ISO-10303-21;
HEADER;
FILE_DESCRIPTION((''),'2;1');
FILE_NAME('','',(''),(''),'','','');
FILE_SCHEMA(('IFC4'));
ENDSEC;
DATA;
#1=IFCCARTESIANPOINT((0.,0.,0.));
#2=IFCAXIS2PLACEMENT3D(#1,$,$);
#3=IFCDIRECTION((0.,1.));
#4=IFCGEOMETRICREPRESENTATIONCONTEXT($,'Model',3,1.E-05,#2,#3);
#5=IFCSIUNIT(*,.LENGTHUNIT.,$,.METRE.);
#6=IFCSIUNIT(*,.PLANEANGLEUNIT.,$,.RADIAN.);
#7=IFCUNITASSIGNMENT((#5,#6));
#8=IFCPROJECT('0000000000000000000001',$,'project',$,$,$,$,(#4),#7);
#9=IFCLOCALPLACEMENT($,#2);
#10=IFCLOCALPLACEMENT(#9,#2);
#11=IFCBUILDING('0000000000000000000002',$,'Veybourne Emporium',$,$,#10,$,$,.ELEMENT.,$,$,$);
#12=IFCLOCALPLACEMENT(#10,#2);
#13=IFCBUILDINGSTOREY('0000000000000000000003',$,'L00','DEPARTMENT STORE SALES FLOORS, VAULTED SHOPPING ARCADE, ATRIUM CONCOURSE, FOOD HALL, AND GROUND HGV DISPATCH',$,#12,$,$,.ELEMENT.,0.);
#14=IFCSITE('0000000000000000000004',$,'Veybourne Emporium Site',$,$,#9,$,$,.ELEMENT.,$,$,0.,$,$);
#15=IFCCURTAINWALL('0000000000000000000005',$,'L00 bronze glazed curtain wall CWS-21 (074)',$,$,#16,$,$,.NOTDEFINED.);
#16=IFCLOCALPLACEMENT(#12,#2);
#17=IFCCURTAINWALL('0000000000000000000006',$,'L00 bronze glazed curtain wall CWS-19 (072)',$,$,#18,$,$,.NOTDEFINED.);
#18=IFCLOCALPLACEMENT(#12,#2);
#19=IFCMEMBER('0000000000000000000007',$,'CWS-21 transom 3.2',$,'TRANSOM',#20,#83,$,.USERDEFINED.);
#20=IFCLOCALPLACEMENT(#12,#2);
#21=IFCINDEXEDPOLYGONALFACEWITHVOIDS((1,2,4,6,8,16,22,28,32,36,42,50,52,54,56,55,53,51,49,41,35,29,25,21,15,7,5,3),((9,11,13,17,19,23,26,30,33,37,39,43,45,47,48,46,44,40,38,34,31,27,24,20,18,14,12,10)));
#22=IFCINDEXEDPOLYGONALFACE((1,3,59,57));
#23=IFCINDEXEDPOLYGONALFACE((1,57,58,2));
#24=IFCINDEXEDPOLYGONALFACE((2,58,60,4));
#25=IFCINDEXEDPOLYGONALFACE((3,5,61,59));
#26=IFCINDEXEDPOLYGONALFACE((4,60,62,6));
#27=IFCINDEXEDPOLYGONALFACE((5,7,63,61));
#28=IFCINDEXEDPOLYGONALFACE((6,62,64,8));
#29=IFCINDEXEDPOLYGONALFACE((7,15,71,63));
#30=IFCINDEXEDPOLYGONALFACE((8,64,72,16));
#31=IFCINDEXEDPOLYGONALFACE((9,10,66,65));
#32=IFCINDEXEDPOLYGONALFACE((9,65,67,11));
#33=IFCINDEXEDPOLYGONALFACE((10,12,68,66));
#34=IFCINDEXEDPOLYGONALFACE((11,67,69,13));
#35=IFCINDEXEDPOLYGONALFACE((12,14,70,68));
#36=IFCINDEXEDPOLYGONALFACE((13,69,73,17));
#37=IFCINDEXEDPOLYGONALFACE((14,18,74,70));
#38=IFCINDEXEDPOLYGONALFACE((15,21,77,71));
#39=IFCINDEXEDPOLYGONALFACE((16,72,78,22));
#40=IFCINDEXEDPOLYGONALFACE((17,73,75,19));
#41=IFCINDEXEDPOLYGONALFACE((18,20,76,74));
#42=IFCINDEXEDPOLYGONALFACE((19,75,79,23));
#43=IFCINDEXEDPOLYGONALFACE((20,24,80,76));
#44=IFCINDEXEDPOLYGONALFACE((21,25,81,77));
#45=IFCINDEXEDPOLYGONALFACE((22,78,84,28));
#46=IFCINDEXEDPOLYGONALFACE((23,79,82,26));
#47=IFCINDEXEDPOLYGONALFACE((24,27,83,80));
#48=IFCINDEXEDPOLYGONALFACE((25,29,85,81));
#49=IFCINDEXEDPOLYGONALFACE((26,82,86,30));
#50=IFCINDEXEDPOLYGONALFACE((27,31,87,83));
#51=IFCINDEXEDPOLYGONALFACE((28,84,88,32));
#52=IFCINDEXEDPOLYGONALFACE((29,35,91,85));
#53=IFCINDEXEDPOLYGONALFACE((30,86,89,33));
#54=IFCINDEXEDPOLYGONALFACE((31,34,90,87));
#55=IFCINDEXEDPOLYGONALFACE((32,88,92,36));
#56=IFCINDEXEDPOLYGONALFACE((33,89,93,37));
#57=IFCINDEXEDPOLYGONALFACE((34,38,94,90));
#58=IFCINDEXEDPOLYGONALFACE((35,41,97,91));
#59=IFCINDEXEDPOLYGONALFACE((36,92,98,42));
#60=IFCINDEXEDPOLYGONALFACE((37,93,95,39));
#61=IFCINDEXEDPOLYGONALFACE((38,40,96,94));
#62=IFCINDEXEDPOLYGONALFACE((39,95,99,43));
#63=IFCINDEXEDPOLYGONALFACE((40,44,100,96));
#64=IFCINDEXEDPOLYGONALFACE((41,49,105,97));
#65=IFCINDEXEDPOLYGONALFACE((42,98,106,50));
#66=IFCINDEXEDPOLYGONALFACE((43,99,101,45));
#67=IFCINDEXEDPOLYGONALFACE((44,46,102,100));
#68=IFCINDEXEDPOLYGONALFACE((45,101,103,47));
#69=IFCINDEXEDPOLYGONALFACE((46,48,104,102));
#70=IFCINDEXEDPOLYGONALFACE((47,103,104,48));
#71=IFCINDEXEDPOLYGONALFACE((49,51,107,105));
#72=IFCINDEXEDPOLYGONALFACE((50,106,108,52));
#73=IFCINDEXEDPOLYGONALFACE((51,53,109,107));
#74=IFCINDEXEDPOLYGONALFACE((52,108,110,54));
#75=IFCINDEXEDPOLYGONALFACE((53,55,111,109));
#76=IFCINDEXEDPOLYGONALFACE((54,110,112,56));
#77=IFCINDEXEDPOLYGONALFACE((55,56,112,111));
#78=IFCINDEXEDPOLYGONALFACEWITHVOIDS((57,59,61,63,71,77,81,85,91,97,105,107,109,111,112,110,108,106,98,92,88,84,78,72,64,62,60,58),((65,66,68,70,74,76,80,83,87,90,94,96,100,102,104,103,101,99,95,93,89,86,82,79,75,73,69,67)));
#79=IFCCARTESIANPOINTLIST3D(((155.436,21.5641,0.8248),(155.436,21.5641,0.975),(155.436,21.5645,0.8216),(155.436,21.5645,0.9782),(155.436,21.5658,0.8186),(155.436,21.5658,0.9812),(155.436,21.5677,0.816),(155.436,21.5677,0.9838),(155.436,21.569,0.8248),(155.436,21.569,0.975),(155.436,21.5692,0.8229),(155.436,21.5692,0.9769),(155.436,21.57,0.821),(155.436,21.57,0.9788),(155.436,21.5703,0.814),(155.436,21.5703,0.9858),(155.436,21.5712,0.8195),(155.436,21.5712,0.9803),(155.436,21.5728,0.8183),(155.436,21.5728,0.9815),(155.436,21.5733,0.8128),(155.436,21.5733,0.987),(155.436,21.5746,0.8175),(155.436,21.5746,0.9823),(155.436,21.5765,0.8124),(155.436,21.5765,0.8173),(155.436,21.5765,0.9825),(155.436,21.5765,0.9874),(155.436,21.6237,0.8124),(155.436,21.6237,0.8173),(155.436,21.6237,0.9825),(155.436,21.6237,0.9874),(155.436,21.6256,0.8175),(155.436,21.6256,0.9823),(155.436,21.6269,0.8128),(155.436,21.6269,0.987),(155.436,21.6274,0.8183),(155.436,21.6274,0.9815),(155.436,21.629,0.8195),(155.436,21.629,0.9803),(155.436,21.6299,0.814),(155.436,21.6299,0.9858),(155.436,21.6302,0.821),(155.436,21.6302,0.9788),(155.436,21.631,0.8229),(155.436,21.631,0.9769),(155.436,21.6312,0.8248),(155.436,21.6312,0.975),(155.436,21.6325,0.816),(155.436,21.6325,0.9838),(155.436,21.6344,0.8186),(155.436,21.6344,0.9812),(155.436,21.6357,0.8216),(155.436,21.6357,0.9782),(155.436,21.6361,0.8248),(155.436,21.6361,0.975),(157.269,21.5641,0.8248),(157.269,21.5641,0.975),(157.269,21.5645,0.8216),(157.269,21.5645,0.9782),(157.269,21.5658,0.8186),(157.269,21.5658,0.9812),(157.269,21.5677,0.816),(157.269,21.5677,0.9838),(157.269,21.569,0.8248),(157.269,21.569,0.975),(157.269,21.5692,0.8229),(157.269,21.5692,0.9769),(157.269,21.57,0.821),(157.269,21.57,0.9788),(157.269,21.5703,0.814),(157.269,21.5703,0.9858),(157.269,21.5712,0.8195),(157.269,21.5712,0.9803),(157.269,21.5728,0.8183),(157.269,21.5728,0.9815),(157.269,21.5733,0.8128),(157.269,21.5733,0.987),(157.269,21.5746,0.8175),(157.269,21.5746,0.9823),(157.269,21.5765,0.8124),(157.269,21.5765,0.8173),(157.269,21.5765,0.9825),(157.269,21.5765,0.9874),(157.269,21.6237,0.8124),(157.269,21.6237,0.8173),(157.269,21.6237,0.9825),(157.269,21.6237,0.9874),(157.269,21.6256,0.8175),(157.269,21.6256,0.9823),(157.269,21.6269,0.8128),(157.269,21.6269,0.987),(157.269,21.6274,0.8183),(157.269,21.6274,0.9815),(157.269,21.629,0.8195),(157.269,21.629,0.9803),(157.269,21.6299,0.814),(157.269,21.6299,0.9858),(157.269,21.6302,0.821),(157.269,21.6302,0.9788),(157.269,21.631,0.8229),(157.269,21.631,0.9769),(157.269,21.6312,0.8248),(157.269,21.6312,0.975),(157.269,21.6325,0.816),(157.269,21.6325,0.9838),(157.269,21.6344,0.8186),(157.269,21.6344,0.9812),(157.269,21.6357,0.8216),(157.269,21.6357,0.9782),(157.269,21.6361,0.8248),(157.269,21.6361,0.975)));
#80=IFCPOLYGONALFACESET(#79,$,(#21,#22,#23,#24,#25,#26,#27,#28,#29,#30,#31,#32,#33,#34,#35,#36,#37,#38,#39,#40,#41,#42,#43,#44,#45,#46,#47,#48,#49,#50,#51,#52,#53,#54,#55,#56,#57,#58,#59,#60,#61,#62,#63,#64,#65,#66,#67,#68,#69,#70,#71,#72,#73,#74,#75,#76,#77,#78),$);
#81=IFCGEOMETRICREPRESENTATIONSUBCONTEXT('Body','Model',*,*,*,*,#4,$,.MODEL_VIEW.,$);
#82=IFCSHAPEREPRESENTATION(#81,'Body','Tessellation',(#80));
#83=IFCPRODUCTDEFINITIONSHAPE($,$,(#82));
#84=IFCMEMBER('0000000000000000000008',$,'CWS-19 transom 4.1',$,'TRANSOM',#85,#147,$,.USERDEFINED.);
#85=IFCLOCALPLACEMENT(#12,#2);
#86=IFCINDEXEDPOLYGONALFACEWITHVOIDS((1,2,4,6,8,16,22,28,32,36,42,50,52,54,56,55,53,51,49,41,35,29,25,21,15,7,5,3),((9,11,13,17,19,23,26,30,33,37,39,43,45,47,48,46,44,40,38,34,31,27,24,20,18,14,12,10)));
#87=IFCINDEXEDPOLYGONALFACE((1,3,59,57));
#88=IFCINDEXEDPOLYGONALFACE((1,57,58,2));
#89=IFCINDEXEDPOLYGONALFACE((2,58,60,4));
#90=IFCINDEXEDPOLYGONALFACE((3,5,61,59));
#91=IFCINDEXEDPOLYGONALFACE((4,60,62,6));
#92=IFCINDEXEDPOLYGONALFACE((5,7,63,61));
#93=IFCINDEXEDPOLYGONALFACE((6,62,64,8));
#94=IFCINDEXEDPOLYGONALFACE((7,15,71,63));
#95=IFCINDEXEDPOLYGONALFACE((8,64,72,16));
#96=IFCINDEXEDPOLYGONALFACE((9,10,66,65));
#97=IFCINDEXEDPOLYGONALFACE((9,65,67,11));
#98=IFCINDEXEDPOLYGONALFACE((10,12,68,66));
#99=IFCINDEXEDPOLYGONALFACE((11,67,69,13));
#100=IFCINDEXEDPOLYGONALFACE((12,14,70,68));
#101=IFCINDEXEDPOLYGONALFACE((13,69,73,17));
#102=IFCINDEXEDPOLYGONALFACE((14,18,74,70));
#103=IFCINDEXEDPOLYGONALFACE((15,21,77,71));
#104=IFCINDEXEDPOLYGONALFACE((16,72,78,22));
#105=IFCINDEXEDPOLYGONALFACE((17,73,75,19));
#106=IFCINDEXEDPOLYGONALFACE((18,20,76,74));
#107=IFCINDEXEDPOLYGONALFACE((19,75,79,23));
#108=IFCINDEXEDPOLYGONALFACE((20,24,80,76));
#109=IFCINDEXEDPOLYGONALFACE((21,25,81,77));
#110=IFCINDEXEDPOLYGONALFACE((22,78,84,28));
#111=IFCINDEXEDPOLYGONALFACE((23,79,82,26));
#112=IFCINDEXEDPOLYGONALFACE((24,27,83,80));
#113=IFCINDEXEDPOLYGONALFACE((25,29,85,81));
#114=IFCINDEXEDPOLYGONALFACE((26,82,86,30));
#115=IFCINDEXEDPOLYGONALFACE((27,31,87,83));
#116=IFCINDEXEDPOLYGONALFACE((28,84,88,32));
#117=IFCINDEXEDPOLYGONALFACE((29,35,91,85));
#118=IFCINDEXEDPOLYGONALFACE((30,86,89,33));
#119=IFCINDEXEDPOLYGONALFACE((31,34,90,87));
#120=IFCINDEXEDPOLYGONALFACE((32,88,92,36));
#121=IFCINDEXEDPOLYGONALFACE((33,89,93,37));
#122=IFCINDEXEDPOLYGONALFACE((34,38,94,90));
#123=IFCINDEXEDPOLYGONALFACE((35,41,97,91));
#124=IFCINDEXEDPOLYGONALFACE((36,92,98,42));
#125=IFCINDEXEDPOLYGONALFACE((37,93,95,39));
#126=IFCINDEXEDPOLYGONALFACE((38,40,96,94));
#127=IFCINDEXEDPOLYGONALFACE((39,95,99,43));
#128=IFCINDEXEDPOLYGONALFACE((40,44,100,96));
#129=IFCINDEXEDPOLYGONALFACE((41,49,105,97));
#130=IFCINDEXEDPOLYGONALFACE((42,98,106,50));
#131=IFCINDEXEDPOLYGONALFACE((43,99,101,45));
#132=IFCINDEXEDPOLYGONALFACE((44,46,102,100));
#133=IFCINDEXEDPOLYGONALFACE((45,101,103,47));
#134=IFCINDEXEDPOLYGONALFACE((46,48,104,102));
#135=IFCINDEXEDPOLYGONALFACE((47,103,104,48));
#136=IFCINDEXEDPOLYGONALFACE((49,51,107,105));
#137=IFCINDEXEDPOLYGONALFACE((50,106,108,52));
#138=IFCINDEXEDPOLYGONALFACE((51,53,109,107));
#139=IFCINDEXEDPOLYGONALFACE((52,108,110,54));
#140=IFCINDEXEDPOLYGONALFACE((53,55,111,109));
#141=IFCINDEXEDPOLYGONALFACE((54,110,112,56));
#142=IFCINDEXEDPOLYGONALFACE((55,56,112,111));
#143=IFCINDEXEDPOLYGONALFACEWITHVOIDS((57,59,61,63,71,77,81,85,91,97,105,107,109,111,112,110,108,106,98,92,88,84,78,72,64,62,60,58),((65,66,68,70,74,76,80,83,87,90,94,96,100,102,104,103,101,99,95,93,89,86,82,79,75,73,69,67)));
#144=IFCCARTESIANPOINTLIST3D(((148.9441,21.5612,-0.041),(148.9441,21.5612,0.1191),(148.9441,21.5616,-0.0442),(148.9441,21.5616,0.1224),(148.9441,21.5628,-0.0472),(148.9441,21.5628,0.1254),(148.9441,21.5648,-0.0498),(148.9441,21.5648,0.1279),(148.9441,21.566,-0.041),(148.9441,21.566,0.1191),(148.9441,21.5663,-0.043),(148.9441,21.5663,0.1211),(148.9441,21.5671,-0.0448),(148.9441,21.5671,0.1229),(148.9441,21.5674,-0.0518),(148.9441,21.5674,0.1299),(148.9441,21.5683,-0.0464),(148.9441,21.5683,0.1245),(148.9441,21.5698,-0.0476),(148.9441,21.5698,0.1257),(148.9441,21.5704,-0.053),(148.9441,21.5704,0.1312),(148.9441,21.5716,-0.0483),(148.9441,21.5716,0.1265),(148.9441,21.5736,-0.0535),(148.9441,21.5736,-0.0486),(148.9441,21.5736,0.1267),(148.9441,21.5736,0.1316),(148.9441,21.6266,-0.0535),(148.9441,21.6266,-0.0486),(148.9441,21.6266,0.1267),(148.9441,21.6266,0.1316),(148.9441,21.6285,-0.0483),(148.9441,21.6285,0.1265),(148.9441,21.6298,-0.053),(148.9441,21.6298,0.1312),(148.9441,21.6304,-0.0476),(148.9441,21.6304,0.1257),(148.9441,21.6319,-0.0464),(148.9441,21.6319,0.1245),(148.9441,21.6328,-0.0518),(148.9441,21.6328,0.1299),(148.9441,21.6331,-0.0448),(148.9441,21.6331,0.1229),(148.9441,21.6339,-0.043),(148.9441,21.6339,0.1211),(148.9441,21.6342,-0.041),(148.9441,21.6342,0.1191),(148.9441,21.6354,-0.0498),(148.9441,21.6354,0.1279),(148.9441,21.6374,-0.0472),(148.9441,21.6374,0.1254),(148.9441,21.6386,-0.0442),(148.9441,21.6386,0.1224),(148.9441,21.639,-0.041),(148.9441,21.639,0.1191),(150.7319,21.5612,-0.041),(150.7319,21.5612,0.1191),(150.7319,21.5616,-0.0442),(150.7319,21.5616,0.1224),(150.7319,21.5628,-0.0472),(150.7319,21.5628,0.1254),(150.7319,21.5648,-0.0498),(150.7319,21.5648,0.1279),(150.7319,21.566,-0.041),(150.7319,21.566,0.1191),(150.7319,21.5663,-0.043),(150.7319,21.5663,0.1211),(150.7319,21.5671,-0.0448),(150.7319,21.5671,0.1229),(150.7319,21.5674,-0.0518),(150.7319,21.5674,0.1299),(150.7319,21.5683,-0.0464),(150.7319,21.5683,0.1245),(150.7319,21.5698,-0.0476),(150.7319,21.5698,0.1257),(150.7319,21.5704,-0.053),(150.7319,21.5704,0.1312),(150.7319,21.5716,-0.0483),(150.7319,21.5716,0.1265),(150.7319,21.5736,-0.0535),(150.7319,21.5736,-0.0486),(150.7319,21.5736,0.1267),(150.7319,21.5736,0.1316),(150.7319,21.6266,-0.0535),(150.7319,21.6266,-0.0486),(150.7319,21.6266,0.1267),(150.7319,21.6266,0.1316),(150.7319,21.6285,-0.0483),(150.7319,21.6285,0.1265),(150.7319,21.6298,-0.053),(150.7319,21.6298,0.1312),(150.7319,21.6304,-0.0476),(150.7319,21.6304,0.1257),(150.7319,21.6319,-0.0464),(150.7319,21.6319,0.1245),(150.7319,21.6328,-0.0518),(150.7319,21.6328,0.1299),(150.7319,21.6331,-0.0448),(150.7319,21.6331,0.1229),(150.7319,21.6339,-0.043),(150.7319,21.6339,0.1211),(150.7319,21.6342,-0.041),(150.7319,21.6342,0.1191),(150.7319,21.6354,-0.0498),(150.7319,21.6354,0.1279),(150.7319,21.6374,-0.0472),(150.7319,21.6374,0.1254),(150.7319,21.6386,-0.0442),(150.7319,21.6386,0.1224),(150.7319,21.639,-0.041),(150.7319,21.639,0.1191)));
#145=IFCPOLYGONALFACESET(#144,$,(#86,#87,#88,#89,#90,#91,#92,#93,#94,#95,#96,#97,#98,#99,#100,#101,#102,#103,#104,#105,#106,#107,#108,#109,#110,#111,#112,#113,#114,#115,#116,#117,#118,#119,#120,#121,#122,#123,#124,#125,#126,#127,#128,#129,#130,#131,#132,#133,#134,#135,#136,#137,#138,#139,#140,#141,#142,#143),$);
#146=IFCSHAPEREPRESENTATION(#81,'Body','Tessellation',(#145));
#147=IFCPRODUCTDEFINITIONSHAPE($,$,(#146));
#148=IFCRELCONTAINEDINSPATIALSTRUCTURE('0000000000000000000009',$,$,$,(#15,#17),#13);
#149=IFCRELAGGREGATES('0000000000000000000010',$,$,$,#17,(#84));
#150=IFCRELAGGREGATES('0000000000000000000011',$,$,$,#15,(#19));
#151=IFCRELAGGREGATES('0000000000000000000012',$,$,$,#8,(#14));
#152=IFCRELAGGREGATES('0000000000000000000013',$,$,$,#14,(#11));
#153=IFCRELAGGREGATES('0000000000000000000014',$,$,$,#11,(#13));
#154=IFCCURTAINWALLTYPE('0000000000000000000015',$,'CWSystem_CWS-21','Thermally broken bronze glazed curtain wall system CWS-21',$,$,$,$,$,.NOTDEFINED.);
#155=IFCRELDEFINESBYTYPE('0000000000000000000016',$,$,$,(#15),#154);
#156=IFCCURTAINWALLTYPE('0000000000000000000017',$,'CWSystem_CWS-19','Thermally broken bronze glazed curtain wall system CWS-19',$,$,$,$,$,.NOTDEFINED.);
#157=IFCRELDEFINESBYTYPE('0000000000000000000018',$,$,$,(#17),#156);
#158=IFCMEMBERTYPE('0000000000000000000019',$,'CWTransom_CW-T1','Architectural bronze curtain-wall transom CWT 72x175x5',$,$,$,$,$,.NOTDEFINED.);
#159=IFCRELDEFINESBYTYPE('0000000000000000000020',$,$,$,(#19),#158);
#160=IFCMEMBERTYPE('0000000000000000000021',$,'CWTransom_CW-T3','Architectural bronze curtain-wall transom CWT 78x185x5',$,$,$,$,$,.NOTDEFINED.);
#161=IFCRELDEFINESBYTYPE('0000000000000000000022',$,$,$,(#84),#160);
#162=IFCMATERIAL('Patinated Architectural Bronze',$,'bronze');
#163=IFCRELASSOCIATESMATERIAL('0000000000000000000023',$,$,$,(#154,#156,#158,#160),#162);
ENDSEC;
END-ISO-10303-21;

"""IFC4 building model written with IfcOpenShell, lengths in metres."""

from ifc_helpers import new_model, si_unit, direction, frame, origin, origin_2d, place, context, subcontext, project, spatial, hollow_rectangle, extrude, material, material_profile, profile_set, type_object, element, aggregate, save


model = new_model("IFC4")

# Units and contexts
model_context = context("Model", 3, precision=1e-05, world=origin(), true_north=direction((0.0, 1.0)))
body_context = subcontext(model_context, "Body", "Model", "MODEL_VIEW")
ifc_project = project(units=[si_unit("LENGTHUNIT", "METRE"), si_unit("PLANEANGLEUNIT", "RADIAN")], contexts=[model_context])

# Site, building, storey
site_placement = place(None, origin())
site = spatial("IfcSite", under=ifc_project, at=site_placement, Name="Veybourne Emporium Site", CompositionType="ELEMENT", RefElevation=0.0)
building_placement = place(site_placement, origin())
building = spatial("IfcBuilding", under=site, at=building_placement, Name="Veybourne Emporium", CompositionType="ELEMENT")
storey_placement = place(building_placement, origin())
storey = spatial("IfcBuildingStorey", under=building, at=storey_placement, Name="L00", Description="DEPARTMENT STORE SALES FLOORS, VAULTED SHOPPING ARCADE, ATRIUM CONCOURSE, FOOD HALL, AND GROUND HGV DISPATCH", CompositionType="ELEMENT", Elevation=0.0)

# Curtain walls
ifc_material_1 = material(Name="Patinated Architectural Bronze", Category="bronze")
curtain_wall_type_1 = type_object("IfcCurtainWallType", Name="CWSystem_CWS-21", Description="Thermally broken bronze glazed curtain wall system CWS-21", PredefinedType="NOTDEFINED", material=ifc_material_1)
curtain_wall_1_placement = place(storey_placement, origin())
curtain_wall_1 = element("IfcCurtainWall", 1, at=curtain_wall_1_placement, inside=storey, type_object=curtain_wall_type_1, Name="L00 bronze glazed curtain wall CWS-21 (074)", PredefinedType="NOTDEFINED")
curtain_wall_type_2 = type_object("IfcCurtainWallType", Name="CWSystem_CWS-19", Description="Thermally broken bronze glazed curtain wall system CWS-19", PredefinedType="NOTDEFINED", material=ifc_material_1)
curtain_wall_2_placement = place(storey_placement, origin())
curtain_wall_2 = element("IfcCurtainWall", 2, at=curtain_wall_2_placement, inside=storey, type_object=curtain_wall_type_2, Name="L00 bronze glazed curtain wall CWS-19 (072)", PredefinedType="NOTDEFINED")

# Members
ifc_material_profile_1 = material_profile(ifc_material_1, hollow_rectangle(XDim=0.072, YDim=0.175, WallThickness=0.0049, InnerFilletRadius=0.0076, OuterFilletRadius=0.0125, at=origin_2d()), Name="CWT 72x175x5")
ifc_profile_set_1 = profile_set([ifc_material_profile_1], Name="Patinated Architectural Bronze")
member_type_1 = type_object("IfcMemberType", Name="CWTransom_CW-T1", Description="Architectural bronze curtain-wall transom CWT 72x175x5", PredefinedType="NOTDEFINED", material=ifc_profile_set_1)
member_1_placement = place(storey_placement, frame((155.436, 21.6001, 0.8999), z_axis=(1.0, 0.0, 0.0), x_axis=(0.0, 1.0, 0.0)))
member_1 = element("IfcMember", 3, at=member_1_placement, type_object=member_type_1, Name="CWS-21 transom 3.2", ObjectType="TRANSOM", PredefinedType="USERDEFINED", context=body_context, shape_type="SweptSolid", body=[
    extrude(hollow_rectangle(XDim=0.072, YDim=0.175, WallThickness=0.0049, InnerFilletRadius=0.0076, OuterFilletRadius=0.0125, at=origin_2d()), origin(), (0.0, 0.0, 1.0), 1.833),
])
ifc_material_profile_2 = material_profile(ifc_material_1, hollow_rectangle(XDim=0.0779, YDim=0.1851, WallThickness=0.0049, InnerFilletRadius=0.0076, OuterFilletRadius=0.0125, at=origin_2d()), Name="CWT 78x185x5")
ifc_profile_set_2 = profile_set([ifc_material_profile_2], Name="Patinated Architectural Bronze")
member_type_2 = type_object("IfcMemberType", Name="CWTransom_CW-T3", Description="Architectural bronze curtain-wall transom CWT 78x185x5", PredefinedType="NOTDEFINED", material=ifc_profile_set_2)
member_2_placement = place(storey_placement, frame((148.9441, 21.6001, 0.0391), z_axis=(1.0, 0.0, 0.0), x_axis=(0.0, 1.0, 0.0)))
member_2 = element("IfcMember", 4, at=member_2_placement, type_object=member_type_2, Name="CWS-19 transom 4.1", ObjectType="TRANSOM", PredefinedType="USERDEFINED", context=body_context, shape_type="SweptSolid", body=[
    extrude(hollow_rectangle(XDim=0.0779, YDim=0.1851, WallThickness=0.0049, InnerFilletRadius=0.0076, OuterFilletRadius=0.0125, at=origin_2d()), origin(), (0.0, 0.0, 1.0), 1.7878),
])

aggregate(curtain_wall_2, [member_2])
aggregate(curtain_wall_1, [member_1])

save(model, "model.ifc")
